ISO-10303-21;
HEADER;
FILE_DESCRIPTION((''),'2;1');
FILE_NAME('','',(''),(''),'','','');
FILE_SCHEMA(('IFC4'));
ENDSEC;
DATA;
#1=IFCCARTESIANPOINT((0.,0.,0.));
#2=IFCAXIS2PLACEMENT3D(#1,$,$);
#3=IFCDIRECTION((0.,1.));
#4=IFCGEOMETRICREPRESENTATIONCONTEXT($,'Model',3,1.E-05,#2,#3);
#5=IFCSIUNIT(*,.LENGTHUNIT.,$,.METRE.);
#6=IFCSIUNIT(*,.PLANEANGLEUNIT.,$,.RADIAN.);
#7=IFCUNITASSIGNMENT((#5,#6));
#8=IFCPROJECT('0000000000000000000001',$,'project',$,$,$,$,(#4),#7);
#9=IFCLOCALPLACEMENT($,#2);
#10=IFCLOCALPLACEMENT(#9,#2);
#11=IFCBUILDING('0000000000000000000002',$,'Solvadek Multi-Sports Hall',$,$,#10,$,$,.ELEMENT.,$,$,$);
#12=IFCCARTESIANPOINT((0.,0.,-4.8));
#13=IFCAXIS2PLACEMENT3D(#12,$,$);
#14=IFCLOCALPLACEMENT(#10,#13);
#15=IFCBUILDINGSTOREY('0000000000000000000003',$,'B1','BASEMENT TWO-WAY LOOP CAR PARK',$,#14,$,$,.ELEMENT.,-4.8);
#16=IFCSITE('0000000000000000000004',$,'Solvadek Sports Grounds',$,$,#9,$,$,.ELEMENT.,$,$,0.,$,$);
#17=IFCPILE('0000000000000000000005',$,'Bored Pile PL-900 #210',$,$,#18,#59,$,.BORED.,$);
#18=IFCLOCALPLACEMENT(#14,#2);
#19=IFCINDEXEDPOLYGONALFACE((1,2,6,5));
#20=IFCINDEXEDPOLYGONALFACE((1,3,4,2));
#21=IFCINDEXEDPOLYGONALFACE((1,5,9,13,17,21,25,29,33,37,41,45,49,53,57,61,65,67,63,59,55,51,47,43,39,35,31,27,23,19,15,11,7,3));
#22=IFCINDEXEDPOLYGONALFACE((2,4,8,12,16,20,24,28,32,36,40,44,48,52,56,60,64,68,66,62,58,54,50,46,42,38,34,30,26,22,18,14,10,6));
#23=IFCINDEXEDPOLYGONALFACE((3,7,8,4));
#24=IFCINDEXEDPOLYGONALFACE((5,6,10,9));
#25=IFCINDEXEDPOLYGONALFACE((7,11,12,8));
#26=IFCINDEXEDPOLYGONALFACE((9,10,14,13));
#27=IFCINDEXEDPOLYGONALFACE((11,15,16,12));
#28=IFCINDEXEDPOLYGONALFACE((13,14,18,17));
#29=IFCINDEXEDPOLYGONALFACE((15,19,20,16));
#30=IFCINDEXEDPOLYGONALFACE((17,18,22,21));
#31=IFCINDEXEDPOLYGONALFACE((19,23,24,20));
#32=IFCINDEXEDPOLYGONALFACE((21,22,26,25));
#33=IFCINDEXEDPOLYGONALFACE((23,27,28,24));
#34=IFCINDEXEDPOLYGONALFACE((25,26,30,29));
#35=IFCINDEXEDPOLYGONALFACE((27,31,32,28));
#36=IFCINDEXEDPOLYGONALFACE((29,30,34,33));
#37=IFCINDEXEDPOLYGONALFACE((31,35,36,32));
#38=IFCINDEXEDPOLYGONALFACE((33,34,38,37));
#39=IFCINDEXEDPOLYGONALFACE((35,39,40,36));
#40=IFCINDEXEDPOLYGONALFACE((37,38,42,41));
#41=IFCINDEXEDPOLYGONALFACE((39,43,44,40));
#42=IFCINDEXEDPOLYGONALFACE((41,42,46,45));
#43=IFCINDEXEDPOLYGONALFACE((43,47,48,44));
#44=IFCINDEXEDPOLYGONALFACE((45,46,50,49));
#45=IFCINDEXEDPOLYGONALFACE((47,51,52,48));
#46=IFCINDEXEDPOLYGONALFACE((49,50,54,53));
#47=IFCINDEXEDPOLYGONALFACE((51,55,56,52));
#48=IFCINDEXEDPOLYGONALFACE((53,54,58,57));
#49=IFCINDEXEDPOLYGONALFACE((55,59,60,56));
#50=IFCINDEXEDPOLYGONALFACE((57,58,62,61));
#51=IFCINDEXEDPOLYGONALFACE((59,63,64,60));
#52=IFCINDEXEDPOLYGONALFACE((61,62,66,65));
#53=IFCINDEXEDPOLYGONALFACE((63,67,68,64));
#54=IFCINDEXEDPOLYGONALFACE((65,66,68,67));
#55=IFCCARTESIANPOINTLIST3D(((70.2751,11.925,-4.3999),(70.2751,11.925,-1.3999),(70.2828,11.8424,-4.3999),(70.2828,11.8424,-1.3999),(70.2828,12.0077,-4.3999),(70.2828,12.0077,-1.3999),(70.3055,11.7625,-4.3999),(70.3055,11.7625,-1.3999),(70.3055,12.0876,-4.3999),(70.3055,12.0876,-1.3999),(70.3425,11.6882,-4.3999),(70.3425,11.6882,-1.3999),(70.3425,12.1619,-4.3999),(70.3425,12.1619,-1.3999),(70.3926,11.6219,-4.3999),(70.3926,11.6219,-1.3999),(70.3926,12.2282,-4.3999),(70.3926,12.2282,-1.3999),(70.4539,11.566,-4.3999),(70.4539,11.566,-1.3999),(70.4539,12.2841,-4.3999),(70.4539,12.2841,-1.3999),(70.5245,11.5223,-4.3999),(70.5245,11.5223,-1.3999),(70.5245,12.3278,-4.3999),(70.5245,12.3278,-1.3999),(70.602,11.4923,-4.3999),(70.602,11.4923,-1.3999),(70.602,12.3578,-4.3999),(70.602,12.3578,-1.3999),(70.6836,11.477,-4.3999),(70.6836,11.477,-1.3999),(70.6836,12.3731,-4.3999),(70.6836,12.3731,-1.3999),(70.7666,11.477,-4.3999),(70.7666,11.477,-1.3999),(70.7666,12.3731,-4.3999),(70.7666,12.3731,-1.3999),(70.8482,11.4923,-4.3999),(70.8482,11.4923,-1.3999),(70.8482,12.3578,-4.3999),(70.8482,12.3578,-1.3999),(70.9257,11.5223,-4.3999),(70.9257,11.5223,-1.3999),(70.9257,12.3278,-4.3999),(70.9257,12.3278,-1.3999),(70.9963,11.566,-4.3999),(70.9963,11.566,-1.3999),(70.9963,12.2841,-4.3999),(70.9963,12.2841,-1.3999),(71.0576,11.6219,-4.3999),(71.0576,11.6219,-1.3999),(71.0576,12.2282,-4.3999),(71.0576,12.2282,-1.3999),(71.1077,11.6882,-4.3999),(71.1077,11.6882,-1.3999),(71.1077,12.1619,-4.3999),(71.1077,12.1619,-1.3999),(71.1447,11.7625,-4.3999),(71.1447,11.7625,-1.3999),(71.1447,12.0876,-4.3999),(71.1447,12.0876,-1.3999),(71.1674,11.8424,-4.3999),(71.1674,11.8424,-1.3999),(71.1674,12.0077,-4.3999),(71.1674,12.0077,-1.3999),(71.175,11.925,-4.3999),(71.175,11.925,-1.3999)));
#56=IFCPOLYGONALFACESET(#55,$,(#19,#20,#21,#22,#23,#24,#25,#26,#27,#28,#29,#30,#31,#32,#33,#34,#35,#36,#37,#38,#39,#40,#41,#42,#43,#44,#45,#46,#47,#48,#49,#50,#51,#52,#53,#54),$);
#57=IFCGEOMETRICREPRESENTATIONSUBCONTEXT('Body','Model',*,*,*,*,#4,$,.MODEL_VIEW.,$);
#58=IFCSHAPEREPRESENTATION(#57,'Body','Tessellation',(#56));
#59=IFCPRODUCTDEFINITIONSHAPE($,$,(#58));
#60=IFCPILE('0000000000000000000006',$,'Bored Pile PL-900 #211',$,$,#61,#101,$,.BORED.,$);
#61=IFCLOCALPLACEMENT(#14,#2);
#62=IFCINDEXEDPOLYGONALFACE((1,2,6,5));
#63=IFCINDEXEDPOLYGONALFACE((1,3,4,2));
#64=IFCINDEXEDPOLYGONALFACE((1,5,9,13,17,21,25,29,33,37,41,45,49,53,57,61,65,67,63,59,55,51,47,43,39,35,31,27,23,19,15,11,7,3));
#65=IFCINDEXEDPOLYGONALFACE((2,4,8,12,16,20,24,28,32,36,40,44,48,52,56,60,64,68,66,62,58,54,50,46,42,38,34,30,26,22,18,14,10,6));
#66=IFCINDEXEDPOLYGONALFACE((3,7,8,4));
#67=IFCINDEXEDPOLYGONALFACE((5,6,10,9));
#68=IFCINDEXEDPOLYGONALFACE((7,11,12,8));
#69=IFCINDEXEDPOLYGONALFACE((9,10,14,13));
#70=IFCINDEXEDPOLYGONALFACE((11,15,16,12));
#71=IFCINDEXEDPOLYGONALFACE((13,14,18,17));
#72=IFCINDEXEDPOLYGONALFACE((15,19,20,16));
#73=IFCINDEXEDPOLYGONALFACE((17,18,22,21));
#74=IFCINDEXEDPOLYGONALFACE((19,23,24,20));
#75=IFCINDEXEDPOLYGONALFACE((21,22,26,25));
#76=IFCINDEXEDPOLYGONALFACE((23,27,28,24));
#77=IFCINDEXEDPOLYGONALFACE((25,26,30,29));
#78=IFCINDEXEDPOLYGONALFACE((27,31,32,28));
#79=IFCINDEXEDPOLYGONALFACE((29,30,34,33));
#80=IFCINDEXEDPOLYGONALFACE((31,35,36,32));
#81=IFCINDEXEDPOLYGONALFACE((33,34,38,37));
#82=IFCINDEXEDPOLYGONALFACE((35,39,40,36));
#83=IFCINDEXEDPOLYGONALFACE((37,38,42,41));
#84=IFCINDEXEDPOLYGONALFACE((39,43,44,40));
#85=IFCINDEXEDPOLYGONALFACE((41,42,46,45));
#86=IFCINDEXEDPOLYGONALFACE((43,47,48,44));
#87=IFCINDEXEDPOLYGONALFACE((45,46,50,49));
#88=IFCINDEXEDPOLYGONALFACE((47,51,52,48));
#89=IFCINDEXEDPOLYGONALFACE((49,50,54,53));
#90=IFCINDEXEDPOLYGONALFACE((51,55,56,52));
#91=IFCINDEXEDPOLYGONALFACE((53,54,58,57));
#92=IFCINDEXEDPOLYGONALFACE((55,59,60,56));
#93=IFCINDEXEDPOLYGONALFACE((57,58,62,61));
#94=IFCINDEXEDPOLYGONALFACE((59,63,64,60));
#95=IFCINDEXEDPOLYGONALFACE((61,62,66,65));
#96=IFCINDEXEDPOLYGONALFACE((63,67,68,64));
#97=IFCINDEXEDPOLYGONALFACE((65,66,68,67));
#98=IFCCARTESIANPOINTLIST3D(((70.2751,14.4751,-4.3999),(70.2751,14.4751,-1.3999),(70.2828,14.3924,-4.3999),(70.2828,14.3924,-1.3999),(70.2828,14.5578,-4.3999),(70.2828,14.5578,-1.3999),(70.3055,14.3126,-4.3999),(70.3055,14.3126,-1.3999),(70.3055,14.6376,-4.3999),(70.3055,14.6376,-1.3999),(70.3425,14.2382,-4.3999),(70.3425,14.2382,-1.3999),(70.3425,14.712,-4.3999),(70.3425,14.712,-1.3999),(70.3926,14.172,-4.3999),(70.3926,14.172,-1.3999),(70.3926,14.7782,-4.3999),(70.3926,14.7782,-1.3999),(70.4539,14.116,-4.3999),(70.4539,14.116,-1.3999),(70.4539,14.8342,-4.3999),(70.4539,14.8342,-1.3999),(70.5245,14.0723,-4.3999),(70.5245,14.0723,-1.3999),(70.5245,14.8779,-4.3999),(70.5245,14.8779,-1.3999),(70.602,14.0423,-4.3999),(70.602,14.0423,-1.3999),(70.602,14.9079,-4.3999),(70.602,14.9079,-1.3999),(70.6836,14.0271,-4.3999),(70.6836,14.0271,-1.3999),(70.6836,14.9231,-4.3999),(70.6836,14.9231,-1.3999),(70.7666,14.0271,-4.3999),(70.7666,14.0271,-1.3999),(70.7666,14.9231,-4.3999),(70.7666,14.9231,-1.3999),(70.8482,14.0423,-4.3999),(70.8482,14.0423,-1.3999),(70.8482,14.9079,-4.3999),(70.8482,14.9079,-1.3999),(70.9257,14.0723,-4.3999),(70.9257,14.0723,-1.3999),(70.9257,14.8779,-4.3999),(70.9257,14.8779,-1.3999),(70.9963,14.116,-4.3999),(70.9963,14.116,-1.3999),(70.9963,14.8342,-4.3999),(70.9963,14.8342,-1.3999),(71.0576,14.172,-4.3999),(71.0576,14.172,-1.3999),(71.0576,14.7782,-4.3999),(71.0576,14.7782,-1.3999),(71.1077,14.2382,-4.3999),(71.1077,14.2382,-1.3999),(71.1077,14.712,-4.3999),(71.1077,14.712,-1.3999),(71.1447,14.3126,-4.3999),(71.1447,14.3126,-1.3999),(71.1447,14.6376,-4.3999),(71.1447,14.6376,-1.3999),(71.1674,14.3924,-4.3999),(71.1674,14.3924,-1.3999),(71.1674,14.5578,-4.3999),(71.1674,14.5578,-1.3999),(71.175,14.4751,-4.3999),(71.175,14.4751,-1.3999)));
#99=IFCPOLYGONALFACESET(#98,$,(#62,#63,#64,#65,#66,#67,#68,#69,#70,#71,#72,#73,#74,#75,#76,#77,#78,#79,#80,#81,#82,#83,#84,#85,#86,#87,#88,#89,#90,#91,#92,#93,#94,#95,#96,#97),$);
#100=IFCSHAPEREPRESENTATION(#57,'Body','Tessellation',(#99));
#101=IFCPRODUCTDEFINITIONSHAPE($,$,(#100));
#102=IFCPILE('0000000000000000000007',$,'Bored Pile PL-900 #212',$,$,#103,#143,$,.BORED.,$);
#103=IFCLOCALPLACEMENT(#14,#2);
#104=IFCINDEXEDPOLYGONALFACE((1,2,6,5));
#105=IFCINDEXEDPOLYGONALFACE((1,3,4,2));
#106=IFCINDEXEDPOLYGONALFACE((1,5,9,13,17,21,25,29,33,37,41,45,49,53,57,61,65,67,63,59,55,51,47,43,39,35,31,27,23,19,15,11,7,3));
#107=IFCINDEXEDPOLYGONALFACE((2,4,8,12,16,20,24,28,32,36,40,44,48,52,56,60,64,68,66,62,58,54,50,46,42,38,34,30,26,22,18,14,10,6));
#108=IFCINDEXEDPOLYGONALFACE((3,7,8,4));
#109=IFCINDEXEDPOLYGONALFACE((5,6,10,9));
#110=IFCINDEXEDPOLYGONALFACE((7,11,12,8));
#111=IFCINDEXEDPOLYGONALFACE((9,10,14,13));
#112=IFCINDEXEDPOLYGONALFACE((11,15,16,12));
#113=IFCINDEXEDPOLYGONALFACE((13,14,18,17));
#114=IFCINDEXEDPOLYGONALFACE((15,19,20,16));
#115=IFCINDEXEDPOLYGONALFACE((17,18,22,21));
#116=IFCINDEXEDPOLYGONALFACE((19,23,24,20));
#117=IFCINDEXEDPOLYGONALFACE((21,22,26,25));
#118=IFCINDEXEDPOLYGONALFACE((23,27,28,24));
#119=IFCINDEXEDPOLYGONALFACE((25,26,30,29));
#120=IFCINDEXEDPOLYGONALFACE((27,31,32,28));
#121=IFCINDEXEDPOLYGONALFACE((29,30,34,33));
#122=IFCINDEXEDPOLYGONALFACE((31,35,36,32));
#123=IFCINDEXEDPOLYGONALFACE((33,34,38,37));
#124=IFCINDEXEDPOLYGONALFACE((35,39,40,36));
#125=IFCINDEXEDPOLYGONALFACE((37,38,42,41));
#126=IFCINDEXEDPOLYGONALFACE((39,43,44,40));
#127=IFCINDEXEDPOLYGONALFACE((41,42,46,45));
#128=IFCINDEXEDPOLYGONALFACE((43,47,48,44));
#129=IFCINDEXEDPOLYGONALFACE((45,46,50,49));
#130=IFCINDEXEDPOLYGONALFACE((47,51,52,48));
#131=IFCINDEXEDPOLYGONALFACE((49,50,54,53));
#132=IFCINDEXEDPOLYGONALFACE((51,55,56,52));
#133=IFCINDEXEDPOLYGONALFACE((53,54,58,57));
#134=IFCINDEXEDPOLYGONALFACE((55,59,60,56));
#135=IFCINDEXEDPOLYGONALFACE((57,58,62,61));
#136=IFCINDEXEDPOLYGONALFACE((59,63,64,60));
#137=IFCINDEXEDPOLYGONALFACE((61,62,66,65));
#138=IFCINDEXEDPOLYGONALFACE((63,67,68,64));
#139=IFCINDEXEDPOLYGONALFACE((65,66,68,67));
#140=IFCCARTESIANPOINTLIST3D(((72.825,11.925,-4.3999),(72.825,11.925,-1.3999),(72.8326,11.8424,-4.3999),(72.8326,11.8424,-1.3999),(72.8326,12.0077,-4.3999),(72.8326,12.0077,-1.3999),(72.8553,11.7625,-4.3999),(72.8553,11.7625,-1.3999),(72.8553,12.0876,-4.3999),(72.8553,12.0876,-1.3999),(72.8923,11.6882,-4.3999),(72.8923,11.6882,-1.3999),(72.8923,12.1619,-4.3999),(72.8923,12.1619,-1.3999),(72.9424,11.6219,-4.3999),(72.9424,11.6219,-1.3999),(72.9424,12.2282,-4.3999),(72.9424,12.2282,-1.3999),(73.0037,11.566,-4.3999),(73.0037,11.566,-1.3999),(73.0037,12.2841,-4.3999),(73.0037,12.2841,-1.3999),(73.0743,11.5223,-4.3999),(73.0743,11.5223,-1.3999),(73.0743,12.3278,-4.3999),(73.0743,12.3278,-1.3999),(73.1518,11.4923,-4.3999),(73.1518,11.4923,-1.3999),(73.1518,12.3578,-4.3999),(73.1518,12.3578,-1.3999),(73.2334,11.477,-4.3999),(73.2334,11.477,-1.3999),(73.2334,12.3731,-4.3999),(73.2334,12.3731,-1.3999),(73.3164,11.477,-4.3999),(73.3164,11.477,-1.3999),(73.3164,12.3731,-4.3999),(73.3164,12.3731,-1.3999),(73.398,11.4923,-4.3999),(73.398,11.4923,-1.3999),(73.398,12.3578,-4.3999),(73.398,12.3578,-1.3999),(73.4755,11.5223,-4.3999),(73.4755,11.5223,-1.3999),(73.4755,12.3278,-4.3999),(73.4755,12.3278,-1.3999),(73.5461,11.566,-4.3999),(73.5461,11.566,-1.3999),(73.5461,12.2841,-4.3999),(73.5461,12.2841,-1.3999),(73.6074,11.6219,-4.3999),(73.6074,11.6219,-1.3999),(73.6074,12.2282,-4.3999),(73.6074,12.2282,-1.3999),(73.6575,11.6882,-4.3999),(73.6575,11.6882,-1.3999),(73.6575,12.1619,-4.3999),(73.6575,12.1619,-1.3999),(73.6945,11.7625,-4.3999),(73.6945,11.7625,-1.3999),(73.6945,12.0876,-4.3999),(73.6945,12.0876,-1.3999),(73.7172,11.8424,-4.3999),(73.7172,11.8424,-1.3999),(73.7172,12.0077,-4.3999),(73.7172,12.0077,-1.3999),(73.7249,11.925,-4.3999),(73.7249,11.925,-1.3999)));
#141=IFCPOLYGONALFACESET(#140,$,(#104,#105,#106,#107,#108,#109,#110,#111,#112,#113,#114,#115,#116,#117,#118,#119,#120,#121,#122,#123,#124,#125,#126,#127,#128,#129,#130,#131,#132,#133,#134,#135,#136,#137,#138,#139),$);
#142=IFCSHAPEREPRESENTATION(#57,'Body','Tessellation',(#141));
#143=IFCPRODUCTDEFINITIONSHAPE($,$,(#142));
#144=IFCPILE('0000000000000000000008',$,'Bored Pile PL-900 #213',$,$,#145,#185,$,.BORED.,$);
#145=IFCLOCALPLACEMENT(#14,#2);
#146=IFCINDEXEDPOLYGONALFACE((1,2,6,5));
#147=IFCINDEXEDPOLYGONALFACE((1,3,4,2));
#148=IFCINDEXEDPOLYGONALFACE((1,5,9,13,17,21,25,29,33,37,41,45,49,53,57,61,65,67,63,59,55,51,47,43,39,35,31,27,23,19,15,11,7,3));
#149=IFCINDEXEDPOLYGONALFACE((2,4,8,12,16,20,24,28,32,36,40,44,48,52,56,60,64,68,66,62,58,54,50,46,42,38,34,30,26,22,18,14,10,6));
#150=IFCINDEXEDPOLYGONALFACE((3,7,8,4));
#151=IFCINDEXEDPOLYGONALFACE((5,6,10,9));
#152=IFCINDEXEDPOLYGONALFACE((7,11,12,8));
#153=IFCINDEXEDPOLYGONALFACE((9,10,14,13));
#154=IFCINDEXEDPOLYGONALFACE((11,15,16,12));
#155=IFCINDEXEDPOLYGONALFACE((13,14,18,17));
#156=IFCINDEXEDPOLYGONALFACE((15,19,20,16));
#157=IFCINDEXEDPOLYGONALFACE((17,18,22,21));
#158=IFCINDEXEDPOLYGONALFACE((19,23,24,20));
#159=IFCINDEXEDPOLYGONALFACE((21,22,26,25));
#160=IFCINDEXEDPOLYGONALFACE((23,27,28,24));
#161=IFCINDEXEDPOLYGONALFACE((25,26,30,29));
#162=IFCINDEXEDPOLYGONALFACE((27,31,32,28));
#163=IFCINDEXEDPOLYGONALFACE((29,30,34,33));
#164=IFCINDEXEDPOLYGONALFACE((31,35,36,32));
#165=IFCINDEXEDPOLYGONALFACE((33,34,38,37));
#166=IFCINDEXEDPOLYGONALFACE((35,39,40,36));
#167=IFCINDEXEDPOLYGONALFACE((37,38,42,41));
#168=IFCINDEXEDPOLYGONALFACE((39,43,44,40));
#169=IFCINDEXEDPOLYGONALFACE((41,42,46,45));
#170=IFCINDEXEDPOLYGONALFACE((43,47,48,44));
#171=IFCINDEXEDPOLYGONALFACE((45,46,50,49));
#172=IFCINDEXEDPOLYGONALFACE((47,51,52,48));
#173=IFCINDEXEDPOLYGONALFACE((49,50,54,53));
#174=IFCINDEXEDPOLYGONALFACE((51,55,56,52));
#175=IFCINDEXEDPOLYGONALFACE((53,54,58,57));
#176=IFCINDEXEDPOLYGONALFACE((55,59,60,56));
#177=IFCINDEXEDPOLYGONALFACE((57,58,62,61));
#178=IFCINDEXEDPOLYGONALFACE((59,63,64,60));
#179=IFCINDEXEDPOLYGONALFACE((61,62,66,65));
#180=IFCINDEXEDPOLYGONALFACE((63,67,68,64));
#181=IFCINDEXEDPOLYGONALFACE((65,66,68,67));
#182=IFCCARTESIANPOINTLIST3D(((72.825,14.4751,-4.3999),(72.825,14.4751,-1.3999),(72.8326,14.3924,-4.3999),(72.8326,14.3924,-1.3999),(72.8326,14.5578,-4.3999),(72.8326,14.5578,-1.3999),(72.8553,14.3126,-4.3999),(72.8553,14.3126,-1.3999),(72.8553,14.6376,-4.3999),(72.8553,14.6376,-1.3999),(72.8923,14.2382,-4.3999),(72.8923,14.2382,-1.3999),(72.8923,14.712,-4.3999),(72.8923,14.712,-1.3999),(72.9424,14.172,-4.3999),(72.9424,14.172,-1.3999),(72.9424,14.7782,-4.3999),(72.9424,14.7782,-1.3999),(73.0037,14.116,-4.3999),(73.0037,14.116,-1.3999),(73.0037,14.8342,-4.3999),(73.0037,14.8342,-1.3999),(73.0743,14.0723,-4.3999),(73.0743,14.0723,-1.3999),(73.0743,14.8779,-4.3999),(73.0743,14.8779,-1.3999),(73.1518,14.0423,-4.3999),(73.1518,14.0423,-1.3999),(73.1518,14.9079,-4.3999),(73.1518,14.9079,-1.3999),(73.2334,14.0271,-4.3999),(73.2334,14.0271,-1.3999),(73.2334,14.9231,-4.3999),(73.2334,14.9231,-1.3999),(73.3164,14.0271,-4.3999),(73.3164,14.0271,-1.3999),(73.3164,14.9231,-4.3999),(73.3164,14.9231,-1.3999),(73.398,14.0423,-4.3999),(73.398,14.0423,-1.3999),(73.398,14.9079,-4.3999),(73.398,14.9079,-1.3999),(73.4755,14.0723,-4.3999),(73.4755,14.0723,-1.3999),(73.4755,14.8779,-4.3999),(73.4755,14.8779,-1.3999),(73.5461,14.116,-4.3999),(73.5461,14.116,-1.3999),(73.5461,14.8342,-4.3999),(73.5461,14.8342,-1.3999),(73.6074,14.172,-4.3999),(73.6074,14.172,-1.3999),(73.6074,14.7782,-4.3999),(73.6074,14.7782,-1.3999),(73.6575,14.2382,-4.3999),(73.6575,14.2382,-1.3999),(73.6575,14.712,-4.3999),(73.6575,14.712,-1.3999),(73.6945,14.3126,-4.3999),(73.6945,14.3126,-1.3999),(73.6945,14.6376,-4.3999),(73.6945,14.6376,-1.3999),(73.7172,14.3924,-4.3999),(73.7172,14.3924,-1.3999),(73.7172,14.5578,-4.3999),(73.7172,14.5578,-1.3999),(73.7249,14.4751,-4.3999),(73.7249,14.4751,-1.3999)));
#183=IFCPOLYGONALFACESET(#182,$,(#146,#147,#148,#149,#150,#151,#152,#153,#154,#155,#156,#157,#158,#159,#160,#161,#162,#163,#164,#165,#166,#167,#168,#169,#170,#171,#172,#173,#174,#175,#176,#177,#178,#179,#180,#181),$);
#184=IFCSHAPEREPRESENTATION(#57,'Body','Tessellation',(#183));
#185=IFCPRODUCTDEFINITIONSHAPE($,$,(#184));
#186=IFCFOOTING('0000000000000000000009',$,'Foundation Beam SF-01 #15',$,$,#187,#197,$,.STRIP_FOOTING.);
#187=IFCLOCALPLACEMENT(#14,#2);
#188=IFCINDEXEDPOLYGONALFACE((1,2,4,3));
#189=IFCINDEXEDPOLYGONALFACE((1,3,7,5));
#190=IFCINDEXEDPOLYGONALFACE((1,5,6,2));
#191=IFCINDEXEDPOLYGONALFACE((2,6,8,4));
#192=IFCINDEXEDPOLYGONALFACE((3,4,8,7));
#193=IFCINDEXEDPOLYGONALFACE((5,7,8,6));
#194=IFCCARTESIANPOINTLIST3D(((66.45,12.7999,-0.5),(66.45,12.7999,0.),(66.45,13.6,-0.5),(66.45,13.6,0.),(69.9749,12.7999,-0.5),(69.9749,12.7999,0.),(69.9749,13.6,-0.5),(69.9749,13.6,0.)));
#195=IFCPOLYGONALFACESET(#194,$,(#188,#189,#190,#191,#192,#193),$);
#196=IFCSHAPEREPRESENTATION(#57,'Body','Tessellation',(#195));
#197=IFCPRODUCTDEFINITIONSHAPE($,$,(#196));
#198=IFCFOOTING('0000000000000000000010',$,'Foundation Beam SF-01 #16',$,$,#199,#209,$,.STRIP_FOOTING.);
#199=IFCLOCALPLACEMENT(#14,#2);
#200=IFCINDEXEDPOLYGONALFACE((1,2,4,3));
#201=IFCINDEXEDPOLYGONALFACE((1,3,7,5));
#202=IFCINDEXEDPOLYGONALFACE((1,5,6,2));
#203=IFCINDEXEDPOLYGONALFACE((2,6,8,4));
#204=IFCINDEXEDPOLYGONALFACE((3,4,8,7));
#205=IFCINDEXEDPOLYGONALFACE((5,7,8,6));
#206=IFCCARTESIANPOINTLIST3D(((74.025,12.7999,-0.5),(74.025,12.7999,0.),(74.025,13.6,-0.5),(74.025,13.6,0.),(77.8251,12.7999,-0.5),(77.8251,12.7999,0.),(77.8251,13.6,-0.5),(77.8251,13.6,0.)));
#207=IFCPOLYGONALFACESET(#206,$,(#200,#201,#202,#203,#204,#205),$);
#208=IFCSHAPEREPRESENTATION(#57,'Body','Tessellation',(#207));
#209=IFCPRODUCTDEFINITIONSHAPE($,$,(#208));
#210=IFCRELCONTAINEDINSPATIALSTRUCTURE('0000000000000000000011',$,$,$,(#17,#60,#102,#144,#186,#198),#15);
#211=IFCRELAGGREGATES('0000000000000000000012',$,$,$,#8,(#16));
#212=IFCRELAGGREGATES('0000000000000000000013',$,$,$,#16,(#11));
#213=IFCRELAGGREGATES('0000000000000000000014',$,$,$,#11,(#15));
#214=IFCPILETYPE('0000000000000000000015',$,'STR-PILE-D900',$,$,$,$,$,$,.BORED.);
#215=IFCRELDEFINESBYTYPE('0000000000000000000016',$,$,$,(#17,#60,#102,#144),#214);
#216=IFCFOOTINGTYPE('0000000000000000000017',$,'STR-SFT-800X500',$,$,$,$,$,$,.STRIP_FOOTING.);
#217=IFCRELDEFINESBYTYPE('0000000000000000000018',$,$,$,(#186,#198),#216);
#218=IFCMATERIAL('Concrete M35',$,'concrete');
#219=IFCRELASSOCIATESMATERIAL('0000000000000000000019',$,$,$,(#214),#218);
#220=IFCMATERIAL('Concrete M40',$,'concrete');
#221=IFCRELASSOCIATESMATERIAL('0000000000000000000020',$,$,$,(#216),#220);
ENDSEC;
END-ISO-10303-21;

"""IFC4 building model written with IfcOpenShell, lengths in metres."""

from ifc_helpers import new_model, si_unit, direction, frame, origin, origin_2d, place, context, subcontext, project, spatial, rectangle, circle, extrude, material, material_profile, profile_set, type_object, element, save


model = new_model("IFC4")

# Units and contexts
model_context = context("Model", 3, precision=1e-05, world=origin(), true_north=direction((0.0, 1.0)))
body_context = subcontext(model_context, "Body", "Model", "MODEL_VIEW")
ifc_project = project(units=[si_unit("LENGTHUNIT", "METRE"), si_unit("PLANEANGLEUNIT", "RADIAN")], contexts=[model_context])

# Site, building, storey
site_placement = place(None, origin())
site = spatial("IfcSite", under=ifc_project, at=site_placement, Name="Solvadek Sports Grounds", CompositionType="ELEMENT", RefElevation=0.0)
building_placement = place(site_placement, origin())
building = spatial("IfcBuilding", under=site, at=building_placement, Name="Solvadek Multi-Sports Hall", CompositionType="ELEMENT")
storey_placement = place(building_placement, frame((0.0, 0.0, -4.8)))
storey = spatial("IfcBuildingStorey", under=building, at=storey_placement, Name="B1", Description="BASEMENT TWO-WAY LOOP CAR PARK", CompositionType="ELEMENT", Elevation=-4.8)

# Shared definitions
ifc_material_1 = material(Name="Concrete M40", Category="concrete")

# Piles
ifc_material_2 = material(Name="Concrete M35", Category="concrete")
ifc_material_profile_1 = material_profile(ifc_material_2, circle(Radius=0.45, at=origin_2d()), Name="BORED PILE D900")
ifc_profile_set_1 = profile_set([ifc_material_profile_1], Name="Concrete M35")
pile_type_1 = type_object("IfcPileType", Name="STR-PILE-D900", PredefinedType="BORED", material=ifc_profile_set_1)
for number, where, z_axis, x_axis, name in (
    (1, (70.7251, 11.925, -1.3999), (0.0, 0.0, -1.0), (1.0, 0.0, 0.0), "Bored Pile PL-900 #210"),
    (2, (70.7251, 14.4751, -1.3999), (0.0, 0.0, -1.0), (1.0, 0.0, 0.0), "Bored Pile PL-900 #211"),
    (3, (73.2749, 11.925, -1.3999), (0.0, 0.0, -1.0), (1.0, 0.0, 0.0), "Bored Pile PL-900 #212"),
    (4, (73.2749, 14.4751, -1.3999), (0.0, 0.0, -1.0), (1.0, 0.0, 0.0), "Bored Pile PL-900 #213"),
):
    element("IfcPile", number, at=place(storey_placement, frame(where, z_axis=z_axis, x_axis=x_axis)), inside=storey, type_object=pile_type_1, Name=name, PredefinedType="BORED", context=body_context, shape_type="SweptSolid", body=[
        extrude(circle(Radius=0.45, at=origin_2d()), origin(), (0.0, 0.0, 1.0), 3.0),
    ])

# Footings
footing_type_1 = type_object("IfcFootingType", Name="STR-SFT-800X500", PredefinedType="STRIP_FOOTING", material=ifc_material_1)
footing_1_placement = place(storey_placement, frame((68.2124, 13.2, -0.5), z_axis=(0.0, 0.0, 1.0), x_axis=(1.0, 0.0, 0.0)))
element("IfcFooting", 5, at=footing_1_placement, inside=storey, type_object=footing_type_1, Name="Foundation Beam SF-01 #15", PredefinedType="STRIP_FOOTING", context=body_context, shape_type="SweptSolid", body=[
    extrude(rectangle(XDim=3.5249, YDim=0.8, at=origin_2d()), origin(), (0.0, 0.0, 1.0), 0.5),
])
footing_2_placement = place(storey_placement, frame((75.925, 13.2, -0.5), z_axis=(0.0, 0.0, 1.0), x_axis=(1.0, 0.0, 0.0)))
element("IfcFooting", 6, at=footing_2_placement, inside=storey, type_object=footing_type_1, Name="Foundation Beam SF-01 #16", PredefinedType="STRIP_FOOTING", context=body_context, shape_type="SweptSolid", body=[
    extrude(rectangle(XDim=3.8, YDim=0.8, at=origin_2d()), origin(), (0.0, 0.0, 1.0), 0.5),
])

save(model, "model.ifc")
